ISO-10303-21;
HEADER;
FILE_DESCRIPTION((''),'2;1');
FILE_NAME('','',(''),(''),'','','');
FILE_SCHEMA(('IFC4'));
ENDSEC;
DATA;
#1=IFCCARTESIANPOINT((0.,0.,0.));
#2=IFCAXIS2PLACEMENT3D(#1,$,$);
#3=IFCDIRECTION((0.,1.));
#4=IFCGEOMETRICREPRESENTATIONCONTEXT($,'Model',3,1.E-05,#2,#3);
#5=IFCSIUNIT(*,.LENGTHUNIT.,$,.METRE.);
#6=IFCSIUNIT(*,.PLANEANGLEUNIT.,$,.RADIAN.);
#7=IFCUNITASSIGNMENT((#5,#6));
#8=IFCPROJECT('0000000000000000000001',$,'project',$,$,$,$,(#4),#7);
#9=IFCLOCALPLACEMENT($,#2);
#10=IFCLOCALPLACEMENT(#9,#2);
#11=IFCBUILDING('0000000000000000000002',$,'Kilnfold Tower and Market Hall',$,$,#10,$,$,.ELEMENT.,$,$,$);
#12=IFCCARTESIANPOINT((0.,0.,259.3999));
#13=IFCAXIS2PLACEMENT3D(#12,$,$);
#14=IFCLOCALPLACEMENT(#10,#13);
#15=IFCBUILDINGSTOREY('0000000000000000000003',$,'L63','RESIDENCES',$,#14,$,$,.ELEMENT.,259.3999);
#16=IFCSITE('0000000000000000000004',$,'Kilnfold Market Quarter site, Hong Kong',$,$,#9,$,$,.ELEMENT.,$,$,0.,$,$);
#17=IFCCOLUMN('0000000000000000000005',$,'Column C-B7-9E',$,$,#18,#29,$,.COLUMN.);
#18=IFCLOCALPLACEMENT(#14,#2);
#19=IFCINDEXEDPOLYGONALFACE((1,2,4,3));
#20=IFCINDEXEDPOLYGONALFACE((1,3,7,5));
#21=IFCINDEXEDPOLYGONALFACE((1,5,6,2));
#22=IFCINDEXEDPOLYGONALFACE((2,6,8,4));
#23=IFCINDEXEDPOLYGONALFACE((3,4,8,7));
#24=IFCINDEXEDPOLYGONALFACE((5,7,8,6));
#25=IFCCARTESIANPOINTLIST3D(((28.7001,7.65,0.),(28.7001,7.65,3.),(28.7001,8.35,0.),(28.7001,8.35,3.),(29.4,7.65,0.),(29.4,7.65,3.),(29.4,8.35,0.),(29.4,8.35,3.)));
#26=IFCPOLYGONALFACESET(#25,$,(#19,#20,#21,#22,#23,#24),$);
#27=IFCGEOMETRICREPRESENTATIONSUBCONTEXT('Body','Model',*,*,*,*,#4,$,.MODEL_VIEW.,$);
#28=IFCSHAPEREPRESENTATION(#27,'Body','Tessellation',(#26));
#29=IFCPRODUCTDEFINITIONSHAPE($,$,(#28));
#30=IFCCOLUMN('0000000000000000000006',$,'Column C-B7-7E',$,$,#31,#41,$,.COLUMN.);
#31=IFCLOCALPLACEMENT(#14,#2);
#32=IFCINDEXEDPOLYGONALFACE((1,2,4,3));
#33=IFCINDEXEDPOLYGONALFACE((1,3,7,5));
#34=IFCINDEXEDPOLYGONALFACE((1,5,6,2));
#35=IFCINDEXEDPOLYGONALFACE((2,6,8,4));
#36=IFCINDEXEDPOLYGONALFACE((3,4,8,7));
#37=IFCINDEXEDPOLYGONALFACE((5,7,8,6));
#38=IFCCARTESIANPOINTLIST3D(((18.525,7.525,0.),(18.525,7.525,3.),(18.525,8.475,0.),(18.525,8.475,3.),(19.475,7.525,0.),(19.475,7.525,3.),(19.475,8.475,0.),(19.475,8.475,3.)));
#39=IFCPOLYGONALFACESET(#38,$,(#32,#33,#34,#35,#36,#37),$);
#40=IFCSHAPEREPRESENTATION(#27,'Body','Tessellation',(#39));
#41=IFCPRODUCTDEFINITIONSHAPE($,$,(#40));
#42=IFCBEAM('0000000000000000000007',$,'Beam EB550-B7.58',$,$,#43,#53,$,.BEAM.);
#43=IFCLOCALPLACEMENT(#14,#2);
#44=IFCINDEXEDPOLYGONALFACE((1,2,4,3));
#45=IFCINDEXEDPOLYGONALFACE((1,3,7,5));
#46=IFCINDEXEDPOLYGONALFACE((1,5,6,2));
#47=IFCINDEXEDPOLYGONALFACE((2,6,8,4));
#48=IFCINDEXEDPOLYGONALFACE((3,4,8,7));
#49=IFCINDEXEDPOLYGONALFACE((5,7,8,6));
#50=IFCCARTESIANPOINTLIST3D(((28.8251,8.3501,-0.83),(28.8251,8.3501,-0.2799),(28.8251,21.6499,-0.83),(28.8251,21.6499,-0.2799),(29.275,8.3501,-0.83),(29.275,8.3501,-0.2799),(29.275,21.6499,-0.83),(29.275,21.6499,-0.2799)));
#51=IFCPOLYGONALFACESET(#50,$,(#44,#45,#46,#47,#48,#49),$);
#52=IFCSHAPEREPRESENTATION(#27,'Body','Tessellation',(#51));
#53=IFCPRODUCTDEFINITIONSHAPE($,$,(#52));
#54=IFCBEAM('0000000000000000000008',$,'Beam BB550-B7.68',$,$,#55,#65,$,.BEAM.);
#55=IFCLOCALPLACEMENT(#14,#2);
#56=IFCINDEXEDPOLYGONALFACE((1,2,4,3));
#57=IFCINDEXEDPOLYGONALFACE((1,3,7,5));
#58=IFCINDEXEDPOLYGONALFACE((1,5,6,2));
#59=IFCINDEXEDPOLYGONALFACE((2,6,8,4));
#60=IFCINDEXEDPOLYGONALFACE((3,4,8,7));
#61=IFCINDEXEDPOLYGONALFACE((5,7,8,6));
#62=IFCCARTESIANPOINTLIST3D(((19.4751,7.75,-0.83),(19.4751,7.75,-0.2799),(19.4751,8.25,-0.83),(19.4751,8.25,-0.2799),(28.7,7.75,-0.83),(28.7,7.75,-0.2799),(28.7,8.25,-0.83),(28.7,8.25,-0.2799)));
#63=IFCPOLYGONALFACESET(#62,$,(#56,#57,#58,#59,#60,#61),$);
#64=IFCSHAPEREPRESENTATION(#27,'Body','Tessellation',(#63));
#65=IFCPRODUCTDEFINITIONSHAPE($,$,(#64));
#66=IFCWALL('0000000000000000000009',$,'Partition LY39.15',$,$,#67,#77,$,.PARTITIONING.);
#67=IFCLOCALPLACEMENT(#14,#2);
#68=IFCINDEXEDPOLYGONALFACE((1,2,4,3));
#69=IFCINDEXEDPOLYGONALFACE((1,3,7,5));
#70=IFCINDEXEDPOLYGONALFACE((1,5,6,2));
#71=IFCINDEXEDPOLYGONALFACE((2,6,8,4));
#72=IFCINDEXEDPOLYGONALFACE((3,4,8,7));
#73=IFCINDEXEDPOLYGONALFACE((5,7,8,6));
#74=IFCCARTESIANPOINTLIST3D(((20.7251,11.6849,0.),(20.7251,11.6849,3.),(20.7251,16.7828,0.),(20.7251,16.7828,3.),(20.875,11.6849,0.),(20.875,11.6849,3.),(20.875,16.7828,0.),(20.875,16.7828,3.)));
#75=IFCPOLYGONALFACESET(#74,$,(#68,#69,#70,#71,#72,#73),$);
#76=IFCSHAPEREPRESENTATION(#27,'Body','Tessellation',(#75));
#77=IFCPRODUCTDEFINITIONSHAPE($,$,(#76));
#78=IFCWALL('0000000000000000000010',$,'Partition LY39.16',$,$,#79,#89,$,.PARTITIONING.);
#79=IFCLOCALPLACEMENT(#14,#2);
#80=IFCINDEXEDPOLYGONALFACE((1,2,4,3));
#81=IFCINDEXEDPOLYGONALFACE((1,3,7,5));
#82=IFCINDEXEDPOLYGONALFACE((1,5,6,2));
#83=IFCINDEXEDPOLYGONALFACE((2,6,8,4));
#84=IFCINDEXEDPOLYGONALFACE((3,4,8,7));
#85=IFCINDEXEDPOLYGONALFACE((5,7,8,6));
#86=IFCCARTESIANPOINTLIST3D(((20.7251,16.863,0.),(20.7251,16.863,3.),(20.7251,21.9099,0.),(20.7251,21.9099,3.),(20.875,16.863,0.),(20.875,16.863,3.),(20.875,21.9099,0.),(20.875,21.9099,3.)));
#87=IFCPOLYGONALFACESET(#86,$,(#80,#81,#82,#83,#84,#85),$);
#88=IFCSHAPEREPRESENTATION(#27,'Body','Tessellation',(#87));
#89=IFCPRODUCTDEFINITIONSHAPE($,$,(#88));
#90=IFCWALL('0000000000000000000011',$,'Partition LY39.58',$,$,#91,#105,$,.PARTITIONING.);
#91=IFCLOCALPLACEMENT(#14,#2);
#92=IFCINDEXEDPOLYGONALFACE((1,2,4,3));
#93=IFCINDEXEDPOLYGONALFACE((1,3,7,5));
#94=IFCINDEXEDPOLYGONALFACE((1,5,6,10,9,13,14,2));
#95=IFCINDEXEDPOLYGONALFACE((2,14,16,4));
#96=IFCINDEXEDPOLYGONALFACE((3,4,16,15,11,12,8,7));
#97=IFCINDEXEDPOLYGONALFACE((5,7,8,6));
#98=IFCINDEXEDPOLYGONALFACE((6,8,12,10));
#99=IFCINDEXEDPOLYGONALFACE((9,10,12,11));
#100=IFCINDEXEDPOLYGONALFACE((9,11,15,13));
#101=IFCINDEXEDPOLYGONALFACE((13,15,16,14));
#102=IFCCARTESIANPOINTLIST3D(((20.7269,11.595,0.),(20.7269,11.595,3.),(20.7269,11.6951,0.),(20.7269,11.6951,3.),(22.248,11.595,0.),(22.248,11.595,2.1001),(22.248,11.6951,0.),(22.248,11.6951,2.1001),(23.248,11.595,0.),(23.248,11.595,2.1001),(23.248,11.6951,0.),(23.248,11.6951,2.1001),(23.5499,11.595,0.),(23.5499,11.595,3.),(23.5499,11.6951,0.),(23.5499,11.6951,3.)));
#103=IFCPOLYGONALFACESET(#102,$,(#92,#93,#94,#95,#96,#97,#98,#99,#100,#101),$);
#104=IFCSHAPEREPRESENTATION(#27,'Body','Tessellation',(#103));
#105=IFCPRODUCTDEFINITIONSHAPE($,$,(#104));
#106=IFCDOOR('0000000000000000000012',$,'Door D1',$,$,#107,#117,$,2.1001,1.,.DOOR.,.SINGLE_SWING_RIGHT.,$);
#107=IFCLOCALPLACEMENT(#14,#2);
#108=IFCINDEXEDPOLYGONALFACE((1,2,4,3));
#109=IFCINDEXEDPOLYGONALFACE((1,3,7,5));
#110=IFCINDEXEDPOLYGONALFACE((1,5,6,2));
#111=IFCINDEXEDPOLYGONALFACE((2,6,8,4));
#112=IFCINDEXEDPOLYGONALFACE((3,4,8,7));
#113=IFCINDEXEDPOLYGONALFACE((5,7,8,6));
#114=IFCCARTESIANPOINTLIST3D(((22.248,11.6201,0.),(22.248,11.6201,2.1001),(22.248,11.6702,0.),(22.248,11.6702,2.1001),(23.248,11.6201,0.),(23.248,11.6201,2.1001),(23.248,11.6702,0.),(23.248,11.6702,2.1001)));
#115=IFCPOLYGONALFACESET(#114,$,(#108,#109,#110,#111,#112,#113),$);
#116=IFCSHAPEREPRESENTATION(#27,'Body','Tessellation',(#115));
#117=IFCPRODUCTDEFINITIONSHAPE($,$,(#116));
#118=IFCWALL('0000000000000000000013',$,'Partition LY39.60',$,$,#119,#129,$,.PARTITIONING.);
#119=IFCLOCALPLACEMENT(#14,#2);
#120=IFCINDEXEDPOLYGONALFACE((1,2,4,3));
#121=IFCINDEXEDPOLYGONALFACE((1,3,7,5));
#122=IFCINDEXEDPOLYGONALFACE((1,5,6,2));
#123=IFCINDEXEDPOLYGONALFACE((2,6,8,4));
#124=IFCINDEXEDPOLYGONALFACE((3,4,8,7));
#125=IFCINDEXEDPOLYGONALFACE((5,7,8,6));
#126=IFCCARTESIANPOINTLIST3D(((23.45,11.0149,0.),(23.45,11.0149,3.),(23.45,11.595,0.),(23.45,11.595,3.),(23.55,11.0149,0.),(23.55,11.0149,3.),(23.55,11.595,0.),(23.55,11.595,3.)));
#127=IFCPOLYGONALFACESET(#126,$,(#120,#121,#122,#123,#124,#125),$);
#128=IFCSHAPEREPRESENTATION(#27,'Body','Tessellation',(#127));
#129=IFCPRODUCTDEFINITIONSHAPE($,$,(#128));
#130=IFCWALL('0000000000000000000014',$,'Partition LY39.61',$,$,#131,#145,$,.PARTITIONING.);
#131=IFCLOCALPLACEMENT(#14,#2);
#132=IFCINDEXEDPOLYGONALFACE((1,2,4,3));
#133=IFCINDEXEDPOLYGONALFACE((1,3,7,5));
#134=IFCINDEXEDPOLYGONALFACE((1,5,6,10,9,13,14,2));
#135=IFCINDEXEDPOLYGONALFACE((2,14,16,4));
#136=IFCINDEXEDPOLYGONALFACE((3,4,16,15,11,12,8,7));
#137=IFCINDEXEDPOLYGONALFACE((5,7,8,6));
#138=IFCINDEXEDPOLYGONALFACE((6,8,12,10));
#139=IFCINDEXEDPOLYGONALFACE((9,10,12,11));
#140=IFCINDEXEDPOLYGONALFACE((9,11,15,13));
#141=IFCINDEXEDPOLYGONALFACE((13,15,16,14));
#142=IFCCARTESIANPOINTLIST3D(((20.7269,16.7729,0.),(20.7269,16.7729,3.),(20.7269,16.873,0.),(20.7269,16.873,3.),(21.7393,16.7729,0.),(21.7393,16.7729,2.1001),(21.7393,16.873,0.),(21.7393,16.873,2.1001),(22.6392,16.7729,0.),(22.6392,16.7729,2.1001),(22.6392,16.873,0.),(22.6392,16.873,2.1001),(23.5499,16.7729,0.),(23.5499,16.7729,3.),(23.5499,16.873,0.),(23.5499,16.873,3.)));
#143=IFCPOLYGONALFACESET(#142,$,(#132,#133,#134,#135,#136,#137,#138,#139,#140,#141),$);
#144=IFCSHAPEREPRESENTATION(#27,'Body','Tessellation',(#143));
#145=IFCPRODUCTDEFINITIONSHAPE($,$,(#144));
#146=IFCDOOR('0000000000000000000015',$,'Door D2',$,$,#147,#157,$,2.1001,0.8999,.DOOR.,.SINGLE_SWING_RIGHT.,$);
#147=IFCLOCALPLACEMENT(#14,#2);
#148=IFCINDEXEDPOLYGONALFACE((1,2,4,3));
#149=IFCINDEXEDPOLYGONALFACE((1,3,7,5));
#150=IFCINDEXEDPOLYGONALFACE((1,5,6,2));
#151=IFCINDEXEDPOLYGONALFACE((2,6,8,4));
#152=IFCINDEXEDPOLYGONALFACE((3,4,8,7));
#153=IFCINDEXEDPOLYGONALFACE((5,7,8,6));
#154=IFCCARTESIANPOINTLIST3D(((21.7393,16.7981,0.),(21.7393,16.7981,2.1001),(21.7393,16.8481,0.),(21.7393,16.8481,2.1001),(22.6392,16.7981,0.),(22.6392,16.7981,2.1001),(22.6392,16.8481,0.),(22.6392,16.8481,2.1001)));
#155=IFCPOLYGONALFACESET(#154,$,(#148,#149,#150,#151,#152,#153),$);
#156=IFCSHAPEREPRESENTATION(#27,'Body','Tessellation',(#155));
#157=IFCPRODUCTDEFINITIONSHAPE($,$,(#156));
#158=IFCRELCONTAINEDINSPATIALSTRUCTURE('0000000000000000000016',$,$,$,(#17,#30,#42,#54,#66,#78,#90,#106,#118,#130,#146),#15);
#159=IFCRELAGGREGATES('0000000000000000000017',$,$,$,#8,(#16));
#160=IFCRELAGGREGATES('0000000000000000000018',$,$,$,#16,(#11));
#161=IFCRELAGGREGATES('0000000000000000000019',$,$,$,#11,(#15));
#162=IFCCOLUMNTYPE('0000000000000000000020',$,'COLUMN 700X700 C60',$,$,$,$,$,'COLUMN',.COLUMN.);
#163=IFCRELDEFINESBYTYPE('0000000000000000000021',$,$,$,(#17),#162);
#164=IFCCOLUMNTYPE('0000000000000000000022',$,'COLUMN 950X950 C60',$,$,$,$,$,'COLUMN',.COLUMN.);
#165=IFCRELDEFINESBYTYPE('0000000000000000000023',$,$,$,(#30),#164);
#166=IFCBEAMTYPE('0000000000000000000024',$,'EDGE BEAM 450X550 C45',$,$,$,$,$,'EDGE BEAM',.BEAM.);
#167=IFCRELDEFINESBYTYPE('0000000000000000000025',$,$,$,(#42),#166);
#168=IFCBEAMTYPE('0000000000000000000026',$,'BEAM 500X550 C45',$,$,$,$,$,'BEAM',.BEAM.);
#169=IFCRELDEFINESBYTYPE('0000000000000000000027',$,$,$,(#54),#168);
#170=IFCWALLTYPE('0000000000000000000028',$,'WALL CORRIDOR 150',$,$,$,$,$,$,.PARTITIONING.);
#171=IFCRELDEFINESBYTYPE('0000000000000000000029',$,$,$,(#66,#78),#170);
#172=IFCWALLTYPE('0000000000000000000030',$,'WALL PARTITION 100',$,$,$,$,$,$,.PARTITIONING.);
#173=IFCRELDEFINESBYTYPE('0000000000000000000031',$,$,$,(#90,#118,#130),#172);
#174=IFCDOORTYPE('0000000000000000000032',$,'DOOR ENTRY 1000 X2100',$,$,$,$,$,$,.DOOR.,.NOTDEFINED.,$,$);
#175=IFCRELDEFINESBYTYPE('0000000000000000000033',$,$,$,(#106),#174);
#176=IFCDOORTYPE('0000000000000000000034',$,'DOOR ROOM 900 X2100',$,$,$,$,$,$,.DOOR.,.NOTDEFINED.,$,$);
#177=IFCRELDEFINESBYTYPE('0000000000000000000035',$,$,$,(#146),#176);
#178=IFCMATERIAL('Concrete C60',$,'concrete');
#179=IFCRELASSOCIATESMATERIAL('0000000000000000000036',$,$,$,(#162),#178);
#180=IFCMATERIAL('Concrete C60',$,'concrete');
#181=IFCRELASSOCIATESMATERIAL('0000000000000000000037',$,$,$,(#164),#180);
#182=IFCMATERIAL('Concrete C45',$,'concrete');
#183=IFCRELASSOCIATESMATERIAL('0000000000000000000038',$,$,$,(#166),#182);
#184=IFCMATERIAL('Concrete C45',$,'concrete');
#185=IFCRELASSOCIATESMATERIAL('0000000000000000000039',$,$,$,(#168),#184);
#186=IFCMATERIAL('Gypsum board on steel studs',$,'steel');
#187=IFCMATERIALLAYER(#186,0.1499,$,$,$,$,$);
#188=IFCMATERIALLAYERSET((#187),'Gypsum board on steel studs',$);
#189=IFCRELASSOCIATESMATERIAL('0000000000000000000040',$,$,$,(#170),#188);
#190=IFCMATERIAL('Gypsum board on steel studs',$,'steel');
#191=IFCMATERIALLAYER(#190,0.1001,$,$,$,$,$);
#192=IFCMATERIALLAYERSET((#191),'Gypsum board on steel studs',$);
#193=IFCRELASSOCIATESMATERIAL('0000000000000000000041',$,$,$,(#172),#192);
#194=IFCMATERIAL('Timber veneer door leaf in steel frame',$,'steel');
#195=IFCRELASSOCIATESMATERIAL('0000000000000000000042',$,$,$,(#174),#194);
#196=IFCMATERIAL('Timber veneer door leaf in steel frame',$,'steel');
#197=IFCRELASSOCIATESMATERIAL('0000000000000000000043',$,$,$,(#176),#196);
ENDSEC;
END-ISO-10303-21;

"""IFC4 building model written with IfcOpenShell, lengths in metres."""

from ifc_helpers import new_model, si_unit, direction, frame, frame_2d, origin, origin_2d, place, context, subcontext, project, spatial, rectangle, extrude, source, transform, mapped, material, layer, layer_set, material_profile, profile_set, type_object, element, fill, save


model = new_model("IFC4")

# Units and contexts
model_context = context("Model", 3, precision=1e-05, world=origin(), true_north=direction((0.0, 1.0)))
body_context = subcontext(model_context, "Body", "Model", "MODEL_VIEW")
ifc_project = project(units=[si_unit("LENGTHUNIT", "METRE"), si_unit("PLANEANGLEUNIT", "RADIAN")], contexts=[model_context])

# Site, building, storey
site_placement = place(None, origin())
site = spatial("IfcSite", under=ifc_project, at=site_placement, Name="Kilnfold Market Quarter site, Hong Kong", CompositionType="ELEMENT", RefElevation=0.0)
building_placement = place(site_placement, origin())
building = spatial("IfcBuilding", under=site, at=building_placement, Name="Kilnfold Tower and Market Hall", CompositionType="ELEMENT")
storey_placement = place(building_placement, frame((0.0, 0.0, 259.3999)))
storey = spatial("IfcBuildingStorey", under=building, at=storey_placement, Name="L63", Description="RESIDENCES", CompositionType="ELEMENT", Elevation=259.3999)

# Columns
ifc_material_1 = material(Name="Concrete C60", Category="concrete")
ifc_material_profile_1 = material_profile(ifc_material_1, rectangle(XDim=0.7, YDim=0.7, at=origin_2d()), Name="RC 700x700")
ifc_profile_set_1 = profile_set([ifc_material_profile_1], Name="Concrete C60")
column_type_1 = type_object("IfcColumnType", Name="COLUMN 700X700 C60", ElementType="COLUMN", PredefinedType="COLUMN", material=ifc_profile_set_1)
shared_shape_1 = source(origin(), body_context, "Body", "SweptSolid", [
    extrude(rectangle(XDim=0.7, YDim=0.7, at=origin_2d()), origin(), (0.0, 0.0, 1.0), 3.0),
])
column_1_placement = place(storey_placement, frame((29.05, 8.0, 0.0), z_axis=(0.0, 0.0, 1.0), x_axis=(1.0, 0.0, 0.0)))
element("IfcColumn", 1, at=column_1_placement, inside=storey, type_object=column_type_1, Name="Column C-B7-9E", PredefinedType="COLUMN", context=body_context, shape_type="MappedRepresentation", body=[
    mapped(shared_shape_1, transform((0.0, 0.0, 0.0))),
])
ifc_material_2 = material(Name="Concrete C60", Category="concrete")
ifc_material_profile_2 = material_profile(ifc_material_2, rectangle(XDim=0.95, YDim=0.95, at=origin_2d()), Name="RC 950x950")
ifc_profile_set_2 = profile_set([ifc_material_profile_2], Name="Concrete C60")
column_type_2 = type_object("IfcColumnType", Name="COLUMN 950X950 C60", ElementType="COLUMN", PredefinedType="COLUMN", material=ifc_profile_set_2)
shared_shape_2 = source(origin(), body_context, "Body", "SweptSolid", [
    extrude(rectangle(XDim=0.95, YDim=0.95, at=origin_2d()), origin(), (0.0, 0.0, 1.0), 3.0),
])
column_2_placement = place(storey_placement, frame((19.0, 8.0, 0.0), z_axis=(0.0, 0.0, 1.0), x_axis=(1.0, 0.0, 0.0)))
element("IfcColumn", 2, at=column_2_placement, inside=storey, type_object=column_type_2, Name="Column C-B7-7E", PredefinedType="COLUMN", context=body_context, shape_type="MappedRepresentation", body=[
    mapped(shared_shape_2, transform((0.0, 0.0, 0.0))),
])

# Beams
ifc_material_3 = material(Name="Concrete C45", Category="concrete")
ifc_material_profile_3 = material_profile(ifc_material_3, rectangle(XDim=0.45, YDim=0.55, at=origin_2d()), Name="RC 450x550")
ifc_profile_set_3 = profile_set([ifc_material_profile_3], Name="Concrete C45")
beam_type_1 = type_object("IfcBeamType", Name="EDGE BEAM 450X550 C45", ElementType="EDGE BEAM", PredefinedType="BEAM", material=ifc_profile_set_3)
shared_shape_3 = source(origin(), body_context, "Body", "SweptSolid", [
    extrude(rectangle(XDim=0.45, YDim=0.55, at=origin_2d()), origin(), (0.0, 0.0, 1.0), 13.2998),
])
beam_1_placement = place(storey_placement, frame((29.05, 8.3501, -0.5549), z_axis=(0.0, 1.0, 0.0), x_axis=(-1.0, 0.0, 0.0)))
element("IfcBeam", 3, at=beam_1_placement, inside=storey, type_object=beam_type_1, Name="Beam EB550-B7.58", PredefinedType="BEAM", context=body_context, shape_type="MappedRepresentation", body=[
    mapped(shared_shape_3, transform((0.0, 0.0, 0.0))),
])
ifc_material_4 = material(Name="Concrete C45", Category="concrete")
ifc_material_profile_4 = material_profile(ifc_material_4, rectangle(XDim=0.5, YDim=0.55, at=origin_2d()), Name="RC 500x550")
ifc_profile_set_4 = profile_set([ifc_material_profile_4], Name="Concrete C45")
beam_type_2 = type_object("IfcBeamType", Name="BEAM 500X550 C45", ElementType="BEAM", PredefinedType="BEAM", material=ifc_profile_set_4)
shared_shape_4 = source(origin(), body_context, "Body", "SweptSolid", [
    extrude(rectangle(XDim=0.5, YDim=0.55, at=origin_2d()), origin(), (0.0, 0.0, 1.0), 9.2249),
])
beam_2_placement = place(storey_placement, frame((19.4751, 8.0, -0.5549), z_axis=(1.0, 0.0, 0.0), x_axis=(0.0, 1.0, 0.0)))
element("IfcBeam", 4, at=beam_2_placement, inside=storey, type_object=beam_type_2, Name="Beam BB550-B7.68", PredefinedType="BEAM", context=body_context, shape_type="MappedRepresentation", body=[
    mapped(shared_shape_4, transform((0.0, 0.0, 0.0))),
])

# Walls
ifc_material_5 = material(Name="Gypsum board on steel studs", Category="steel")
ifc_layer_1 = layer(ifc_material_5, 0.1499)
ifc_layer_set_1 = layer_set([ifc_layer_1], Name="Gypsum board on steel studs")
wall_type_1 = type_object("IfcWallType", Name="WALL CORRIDOR 150", PredefinedType="PARTITIONING", material=ifc_layer_set_1)
wall_1_placement = place(storey_placement, frame((20.8, 11.6851, 0.0), z_axis=(0.0, 0.0, 1.0), x_axis=(0.0, 1.0, 0.0)))
element("IfcWall", 5, at=wall_1_placement, inside=storey, type_object=wall_type_1, Name="Partition LY39.15", PredefinedType="PARTITIONING", context=body_context, shape_type="SweptSolid", body=[
    extrude(rectangle(XDim=5.0979, YDim=0.1499, at=frame_2d((2.5488, 0.0))), origin(), (0.0, 0.0, 1.0), 3.0),
])
wall_2_placement = place(storey_placement, frame((20.8, 16.863, 0.0), z_axis=(0.0, 0.0, 1.0), x_axis=(0.0, 1.0, 0.0)))
element("IfcWall", 6, at=wall_2_placement, inside=storey, type_object=wall_type_1, Name="Partition LY39.16", PredefinedType="PARTITIONING", context=body_context, shape_type="SweptSolid", body=[
    extrude(rectangle(XDim=5.0469, YDim=0.1499, at=frame_2d((2.5234, 0.0))), origin(), (0.0, 0.0, 1.0), 3.0),
])

# Wall, opening, door
ifc_material_6 = material(Name="Gypsum board on steel studs", Category="steel")
ifc_layer_2 = layer(ifc_material_6, 0.1001)
ifc_layer_set_2 = layer_set([ifc_layer_2], Name="Gypsum board on steel studs")
wall_type_2 = type_object("IfcWallType", Name="WALL PARTITION 100", PredefinedType="PARTITIONING", material=ifc_layer_set_2)
wall_3_placement = place(storey_placement, frame((23.55, 11.645, 0.0), z_axis=(0.0, 0.0, 1.0), x_axis=(-1.0, 0.0, 0.0)))
wall_3 = element("IfcWall", 7, at=wall_3_placement, inside=storey, type_object=wall_type_2, Name="Partition LY39.58", PredefinedType="PARTITIONING", context=body_context, shape_type="SweptSolid", body=[
    extrude(rectangle(XDim=2.823, YDim=0.1001, at=frame_2d((1.4116, 0.0))), origin(), (0.0, 0.0, 1.0), 3.0),
])
opening_1_placement = place(wall_3_placement, frame((0.302, 0.0, 0.0)))
opening_1 = element("IfcOpeningElement", 8, at=opening_1_placement, cuts=wall_3, PredefinedType="OPENING", context=body_context, shape_type="SweptSolid", body=[
    extrude(rectangle(XDim=1.0, YDim=2.1001, at=frame_2d((0.5, 1.05))), frame((0.0, 0.0601, 0.0), z_axis=(0.0, -1.0, 0.0), x_axis=(1.0, 0.0, 0.0)), (0.0, 0.0, 1.0), 0.1201),
])
ifc_material_7 = material(Name="Timber veneer door leaf in steel frame", Category="steel")
door_type_1 = type_object("IfcDoorType", Name="DOOR ENTRY 1000 X2100", OperationType="NOTDEFINED", PredefinedType="DOOR", material=ifc_material_7)
door_1_placement = place(opening_1_placement, origin())
door_1 = element("IfcDoor", 9, at=door_1_placement, inside=storey, type_object=door_type_1, Name="Door D1", OperationType="SINGLE_SWING_RIGHT", OverallHeight=2.1001, OverallWidth=1.0, PredefinedType="DOOR", context=body_context, shape_type="SweptSolid", body=[
    extrude(rectangle(XDim=1.0, YDim=2.1001, at=frame_2d((0.5, 1.05))), frame((0.0, 0.0249, 0.0), z_axis=(0.0, -1.0, 0.0), x_axis=(1.0, 0.0, 0.0)), (0.0, 0.0, 1.0), 0.05),
])
fill(opening_1, door_1)

# Wall
wall_4_placement = place(storey_placement, frame((23.5, 11.0149, 0.0), z_axis=(0.0, 0.0, 1.0), x_axis=(0.0, 1.0, 0.0)))
element("IfcWall", 10, at=wall_4_placement, inside=storey, type_object=wall_type_2, Name="Partition LY39.60", PredefinedType="PARTITIONING", context=body_context, shape_type="SweptSolid", body=[
    extrude(rectangle(XDim=0.5801, YDim=0.1001, at=frame_2d((0.29, 0.0))), origin(), (0.0, 0.0, 1.0), 3.0),
])

# Wall, opening, door
wall_5_placement = place(storey_placement, frame((23.55, 16.823, 0.0), z_axis=(0.0, 0.0, 1.0), x_axis=(-1.0, 0.0, 0.0)))
wall_5 = element("IfcWall", 11, at=wall_5_placement, inside=storey, type_object=wall_type_2, Name="Partition LY39.61", PredefinedType="PARTITIONING", context=body_context, shape_type="SweptSolid", body=[
    extrude(rectangle(XDim=2.823, YDim=0.1001, at=frame_2d((1.4116, 0.0))), origin(), (0.0, 0.0, 1.0), 3.0),
])
opening_2_placement = place(wall_5_placement, frame((0.9109, 0.0, 0.0)))
opening_2 = element("IfcOpeningElement", 12, at=opening_2_placement, cuts=wall_5, PredefinedType="OPENING", context=body_context, shape_type="SweptSolid", body=[
    extrude(rectangle(XDim=0.8999, YDim=2.1001, at=frame_2d((0.45, 1.05))), frame((0.0, 0.0601, 0.0), z_axis=(0.0, -1.0, 0.0), x_axis=(1.0, 0.0, 0.0)), (0.0, 0.0, 1.0), 0.1201),
])
ifc_material_8 = material(Name="Timber veneer door leaf in steel frame", Category="steel")
door_type_2 = type_object("IfcDoorType", Name="DOOR ROOM 900 X2100", OperationType="NOTDEFINED", PredefinedType="DOOR", material=ifc_material_8)
door_2_placement = place(opening_2_placement, origin())
door_2 = element("IfcDoor", 13, at=door_2_placement, inside=storey, type_object=door_type_2, Name="Door D2", OperationType="SINGLE_SWING_RIGHT", OverallHeight=2.1001, OverallWidth=0.8999, PredefinedType="DOOR", context=body_context, shape_type="SweptSolid", body=[
    extrude(rectangle(XDim=0.8999, YDim=2.1001, at=frame_2d((0.45, 1.05))), frame((0.0, 0.0249, 0.0), z_axis=(0.0, -1.0, 0.0), x_axis=(1.0, 0.0, 0.0)), (0.0, 0.0, 1.0), 0.05),
])
fill(opening_2, door_2)

save(model, "model.ifc")
